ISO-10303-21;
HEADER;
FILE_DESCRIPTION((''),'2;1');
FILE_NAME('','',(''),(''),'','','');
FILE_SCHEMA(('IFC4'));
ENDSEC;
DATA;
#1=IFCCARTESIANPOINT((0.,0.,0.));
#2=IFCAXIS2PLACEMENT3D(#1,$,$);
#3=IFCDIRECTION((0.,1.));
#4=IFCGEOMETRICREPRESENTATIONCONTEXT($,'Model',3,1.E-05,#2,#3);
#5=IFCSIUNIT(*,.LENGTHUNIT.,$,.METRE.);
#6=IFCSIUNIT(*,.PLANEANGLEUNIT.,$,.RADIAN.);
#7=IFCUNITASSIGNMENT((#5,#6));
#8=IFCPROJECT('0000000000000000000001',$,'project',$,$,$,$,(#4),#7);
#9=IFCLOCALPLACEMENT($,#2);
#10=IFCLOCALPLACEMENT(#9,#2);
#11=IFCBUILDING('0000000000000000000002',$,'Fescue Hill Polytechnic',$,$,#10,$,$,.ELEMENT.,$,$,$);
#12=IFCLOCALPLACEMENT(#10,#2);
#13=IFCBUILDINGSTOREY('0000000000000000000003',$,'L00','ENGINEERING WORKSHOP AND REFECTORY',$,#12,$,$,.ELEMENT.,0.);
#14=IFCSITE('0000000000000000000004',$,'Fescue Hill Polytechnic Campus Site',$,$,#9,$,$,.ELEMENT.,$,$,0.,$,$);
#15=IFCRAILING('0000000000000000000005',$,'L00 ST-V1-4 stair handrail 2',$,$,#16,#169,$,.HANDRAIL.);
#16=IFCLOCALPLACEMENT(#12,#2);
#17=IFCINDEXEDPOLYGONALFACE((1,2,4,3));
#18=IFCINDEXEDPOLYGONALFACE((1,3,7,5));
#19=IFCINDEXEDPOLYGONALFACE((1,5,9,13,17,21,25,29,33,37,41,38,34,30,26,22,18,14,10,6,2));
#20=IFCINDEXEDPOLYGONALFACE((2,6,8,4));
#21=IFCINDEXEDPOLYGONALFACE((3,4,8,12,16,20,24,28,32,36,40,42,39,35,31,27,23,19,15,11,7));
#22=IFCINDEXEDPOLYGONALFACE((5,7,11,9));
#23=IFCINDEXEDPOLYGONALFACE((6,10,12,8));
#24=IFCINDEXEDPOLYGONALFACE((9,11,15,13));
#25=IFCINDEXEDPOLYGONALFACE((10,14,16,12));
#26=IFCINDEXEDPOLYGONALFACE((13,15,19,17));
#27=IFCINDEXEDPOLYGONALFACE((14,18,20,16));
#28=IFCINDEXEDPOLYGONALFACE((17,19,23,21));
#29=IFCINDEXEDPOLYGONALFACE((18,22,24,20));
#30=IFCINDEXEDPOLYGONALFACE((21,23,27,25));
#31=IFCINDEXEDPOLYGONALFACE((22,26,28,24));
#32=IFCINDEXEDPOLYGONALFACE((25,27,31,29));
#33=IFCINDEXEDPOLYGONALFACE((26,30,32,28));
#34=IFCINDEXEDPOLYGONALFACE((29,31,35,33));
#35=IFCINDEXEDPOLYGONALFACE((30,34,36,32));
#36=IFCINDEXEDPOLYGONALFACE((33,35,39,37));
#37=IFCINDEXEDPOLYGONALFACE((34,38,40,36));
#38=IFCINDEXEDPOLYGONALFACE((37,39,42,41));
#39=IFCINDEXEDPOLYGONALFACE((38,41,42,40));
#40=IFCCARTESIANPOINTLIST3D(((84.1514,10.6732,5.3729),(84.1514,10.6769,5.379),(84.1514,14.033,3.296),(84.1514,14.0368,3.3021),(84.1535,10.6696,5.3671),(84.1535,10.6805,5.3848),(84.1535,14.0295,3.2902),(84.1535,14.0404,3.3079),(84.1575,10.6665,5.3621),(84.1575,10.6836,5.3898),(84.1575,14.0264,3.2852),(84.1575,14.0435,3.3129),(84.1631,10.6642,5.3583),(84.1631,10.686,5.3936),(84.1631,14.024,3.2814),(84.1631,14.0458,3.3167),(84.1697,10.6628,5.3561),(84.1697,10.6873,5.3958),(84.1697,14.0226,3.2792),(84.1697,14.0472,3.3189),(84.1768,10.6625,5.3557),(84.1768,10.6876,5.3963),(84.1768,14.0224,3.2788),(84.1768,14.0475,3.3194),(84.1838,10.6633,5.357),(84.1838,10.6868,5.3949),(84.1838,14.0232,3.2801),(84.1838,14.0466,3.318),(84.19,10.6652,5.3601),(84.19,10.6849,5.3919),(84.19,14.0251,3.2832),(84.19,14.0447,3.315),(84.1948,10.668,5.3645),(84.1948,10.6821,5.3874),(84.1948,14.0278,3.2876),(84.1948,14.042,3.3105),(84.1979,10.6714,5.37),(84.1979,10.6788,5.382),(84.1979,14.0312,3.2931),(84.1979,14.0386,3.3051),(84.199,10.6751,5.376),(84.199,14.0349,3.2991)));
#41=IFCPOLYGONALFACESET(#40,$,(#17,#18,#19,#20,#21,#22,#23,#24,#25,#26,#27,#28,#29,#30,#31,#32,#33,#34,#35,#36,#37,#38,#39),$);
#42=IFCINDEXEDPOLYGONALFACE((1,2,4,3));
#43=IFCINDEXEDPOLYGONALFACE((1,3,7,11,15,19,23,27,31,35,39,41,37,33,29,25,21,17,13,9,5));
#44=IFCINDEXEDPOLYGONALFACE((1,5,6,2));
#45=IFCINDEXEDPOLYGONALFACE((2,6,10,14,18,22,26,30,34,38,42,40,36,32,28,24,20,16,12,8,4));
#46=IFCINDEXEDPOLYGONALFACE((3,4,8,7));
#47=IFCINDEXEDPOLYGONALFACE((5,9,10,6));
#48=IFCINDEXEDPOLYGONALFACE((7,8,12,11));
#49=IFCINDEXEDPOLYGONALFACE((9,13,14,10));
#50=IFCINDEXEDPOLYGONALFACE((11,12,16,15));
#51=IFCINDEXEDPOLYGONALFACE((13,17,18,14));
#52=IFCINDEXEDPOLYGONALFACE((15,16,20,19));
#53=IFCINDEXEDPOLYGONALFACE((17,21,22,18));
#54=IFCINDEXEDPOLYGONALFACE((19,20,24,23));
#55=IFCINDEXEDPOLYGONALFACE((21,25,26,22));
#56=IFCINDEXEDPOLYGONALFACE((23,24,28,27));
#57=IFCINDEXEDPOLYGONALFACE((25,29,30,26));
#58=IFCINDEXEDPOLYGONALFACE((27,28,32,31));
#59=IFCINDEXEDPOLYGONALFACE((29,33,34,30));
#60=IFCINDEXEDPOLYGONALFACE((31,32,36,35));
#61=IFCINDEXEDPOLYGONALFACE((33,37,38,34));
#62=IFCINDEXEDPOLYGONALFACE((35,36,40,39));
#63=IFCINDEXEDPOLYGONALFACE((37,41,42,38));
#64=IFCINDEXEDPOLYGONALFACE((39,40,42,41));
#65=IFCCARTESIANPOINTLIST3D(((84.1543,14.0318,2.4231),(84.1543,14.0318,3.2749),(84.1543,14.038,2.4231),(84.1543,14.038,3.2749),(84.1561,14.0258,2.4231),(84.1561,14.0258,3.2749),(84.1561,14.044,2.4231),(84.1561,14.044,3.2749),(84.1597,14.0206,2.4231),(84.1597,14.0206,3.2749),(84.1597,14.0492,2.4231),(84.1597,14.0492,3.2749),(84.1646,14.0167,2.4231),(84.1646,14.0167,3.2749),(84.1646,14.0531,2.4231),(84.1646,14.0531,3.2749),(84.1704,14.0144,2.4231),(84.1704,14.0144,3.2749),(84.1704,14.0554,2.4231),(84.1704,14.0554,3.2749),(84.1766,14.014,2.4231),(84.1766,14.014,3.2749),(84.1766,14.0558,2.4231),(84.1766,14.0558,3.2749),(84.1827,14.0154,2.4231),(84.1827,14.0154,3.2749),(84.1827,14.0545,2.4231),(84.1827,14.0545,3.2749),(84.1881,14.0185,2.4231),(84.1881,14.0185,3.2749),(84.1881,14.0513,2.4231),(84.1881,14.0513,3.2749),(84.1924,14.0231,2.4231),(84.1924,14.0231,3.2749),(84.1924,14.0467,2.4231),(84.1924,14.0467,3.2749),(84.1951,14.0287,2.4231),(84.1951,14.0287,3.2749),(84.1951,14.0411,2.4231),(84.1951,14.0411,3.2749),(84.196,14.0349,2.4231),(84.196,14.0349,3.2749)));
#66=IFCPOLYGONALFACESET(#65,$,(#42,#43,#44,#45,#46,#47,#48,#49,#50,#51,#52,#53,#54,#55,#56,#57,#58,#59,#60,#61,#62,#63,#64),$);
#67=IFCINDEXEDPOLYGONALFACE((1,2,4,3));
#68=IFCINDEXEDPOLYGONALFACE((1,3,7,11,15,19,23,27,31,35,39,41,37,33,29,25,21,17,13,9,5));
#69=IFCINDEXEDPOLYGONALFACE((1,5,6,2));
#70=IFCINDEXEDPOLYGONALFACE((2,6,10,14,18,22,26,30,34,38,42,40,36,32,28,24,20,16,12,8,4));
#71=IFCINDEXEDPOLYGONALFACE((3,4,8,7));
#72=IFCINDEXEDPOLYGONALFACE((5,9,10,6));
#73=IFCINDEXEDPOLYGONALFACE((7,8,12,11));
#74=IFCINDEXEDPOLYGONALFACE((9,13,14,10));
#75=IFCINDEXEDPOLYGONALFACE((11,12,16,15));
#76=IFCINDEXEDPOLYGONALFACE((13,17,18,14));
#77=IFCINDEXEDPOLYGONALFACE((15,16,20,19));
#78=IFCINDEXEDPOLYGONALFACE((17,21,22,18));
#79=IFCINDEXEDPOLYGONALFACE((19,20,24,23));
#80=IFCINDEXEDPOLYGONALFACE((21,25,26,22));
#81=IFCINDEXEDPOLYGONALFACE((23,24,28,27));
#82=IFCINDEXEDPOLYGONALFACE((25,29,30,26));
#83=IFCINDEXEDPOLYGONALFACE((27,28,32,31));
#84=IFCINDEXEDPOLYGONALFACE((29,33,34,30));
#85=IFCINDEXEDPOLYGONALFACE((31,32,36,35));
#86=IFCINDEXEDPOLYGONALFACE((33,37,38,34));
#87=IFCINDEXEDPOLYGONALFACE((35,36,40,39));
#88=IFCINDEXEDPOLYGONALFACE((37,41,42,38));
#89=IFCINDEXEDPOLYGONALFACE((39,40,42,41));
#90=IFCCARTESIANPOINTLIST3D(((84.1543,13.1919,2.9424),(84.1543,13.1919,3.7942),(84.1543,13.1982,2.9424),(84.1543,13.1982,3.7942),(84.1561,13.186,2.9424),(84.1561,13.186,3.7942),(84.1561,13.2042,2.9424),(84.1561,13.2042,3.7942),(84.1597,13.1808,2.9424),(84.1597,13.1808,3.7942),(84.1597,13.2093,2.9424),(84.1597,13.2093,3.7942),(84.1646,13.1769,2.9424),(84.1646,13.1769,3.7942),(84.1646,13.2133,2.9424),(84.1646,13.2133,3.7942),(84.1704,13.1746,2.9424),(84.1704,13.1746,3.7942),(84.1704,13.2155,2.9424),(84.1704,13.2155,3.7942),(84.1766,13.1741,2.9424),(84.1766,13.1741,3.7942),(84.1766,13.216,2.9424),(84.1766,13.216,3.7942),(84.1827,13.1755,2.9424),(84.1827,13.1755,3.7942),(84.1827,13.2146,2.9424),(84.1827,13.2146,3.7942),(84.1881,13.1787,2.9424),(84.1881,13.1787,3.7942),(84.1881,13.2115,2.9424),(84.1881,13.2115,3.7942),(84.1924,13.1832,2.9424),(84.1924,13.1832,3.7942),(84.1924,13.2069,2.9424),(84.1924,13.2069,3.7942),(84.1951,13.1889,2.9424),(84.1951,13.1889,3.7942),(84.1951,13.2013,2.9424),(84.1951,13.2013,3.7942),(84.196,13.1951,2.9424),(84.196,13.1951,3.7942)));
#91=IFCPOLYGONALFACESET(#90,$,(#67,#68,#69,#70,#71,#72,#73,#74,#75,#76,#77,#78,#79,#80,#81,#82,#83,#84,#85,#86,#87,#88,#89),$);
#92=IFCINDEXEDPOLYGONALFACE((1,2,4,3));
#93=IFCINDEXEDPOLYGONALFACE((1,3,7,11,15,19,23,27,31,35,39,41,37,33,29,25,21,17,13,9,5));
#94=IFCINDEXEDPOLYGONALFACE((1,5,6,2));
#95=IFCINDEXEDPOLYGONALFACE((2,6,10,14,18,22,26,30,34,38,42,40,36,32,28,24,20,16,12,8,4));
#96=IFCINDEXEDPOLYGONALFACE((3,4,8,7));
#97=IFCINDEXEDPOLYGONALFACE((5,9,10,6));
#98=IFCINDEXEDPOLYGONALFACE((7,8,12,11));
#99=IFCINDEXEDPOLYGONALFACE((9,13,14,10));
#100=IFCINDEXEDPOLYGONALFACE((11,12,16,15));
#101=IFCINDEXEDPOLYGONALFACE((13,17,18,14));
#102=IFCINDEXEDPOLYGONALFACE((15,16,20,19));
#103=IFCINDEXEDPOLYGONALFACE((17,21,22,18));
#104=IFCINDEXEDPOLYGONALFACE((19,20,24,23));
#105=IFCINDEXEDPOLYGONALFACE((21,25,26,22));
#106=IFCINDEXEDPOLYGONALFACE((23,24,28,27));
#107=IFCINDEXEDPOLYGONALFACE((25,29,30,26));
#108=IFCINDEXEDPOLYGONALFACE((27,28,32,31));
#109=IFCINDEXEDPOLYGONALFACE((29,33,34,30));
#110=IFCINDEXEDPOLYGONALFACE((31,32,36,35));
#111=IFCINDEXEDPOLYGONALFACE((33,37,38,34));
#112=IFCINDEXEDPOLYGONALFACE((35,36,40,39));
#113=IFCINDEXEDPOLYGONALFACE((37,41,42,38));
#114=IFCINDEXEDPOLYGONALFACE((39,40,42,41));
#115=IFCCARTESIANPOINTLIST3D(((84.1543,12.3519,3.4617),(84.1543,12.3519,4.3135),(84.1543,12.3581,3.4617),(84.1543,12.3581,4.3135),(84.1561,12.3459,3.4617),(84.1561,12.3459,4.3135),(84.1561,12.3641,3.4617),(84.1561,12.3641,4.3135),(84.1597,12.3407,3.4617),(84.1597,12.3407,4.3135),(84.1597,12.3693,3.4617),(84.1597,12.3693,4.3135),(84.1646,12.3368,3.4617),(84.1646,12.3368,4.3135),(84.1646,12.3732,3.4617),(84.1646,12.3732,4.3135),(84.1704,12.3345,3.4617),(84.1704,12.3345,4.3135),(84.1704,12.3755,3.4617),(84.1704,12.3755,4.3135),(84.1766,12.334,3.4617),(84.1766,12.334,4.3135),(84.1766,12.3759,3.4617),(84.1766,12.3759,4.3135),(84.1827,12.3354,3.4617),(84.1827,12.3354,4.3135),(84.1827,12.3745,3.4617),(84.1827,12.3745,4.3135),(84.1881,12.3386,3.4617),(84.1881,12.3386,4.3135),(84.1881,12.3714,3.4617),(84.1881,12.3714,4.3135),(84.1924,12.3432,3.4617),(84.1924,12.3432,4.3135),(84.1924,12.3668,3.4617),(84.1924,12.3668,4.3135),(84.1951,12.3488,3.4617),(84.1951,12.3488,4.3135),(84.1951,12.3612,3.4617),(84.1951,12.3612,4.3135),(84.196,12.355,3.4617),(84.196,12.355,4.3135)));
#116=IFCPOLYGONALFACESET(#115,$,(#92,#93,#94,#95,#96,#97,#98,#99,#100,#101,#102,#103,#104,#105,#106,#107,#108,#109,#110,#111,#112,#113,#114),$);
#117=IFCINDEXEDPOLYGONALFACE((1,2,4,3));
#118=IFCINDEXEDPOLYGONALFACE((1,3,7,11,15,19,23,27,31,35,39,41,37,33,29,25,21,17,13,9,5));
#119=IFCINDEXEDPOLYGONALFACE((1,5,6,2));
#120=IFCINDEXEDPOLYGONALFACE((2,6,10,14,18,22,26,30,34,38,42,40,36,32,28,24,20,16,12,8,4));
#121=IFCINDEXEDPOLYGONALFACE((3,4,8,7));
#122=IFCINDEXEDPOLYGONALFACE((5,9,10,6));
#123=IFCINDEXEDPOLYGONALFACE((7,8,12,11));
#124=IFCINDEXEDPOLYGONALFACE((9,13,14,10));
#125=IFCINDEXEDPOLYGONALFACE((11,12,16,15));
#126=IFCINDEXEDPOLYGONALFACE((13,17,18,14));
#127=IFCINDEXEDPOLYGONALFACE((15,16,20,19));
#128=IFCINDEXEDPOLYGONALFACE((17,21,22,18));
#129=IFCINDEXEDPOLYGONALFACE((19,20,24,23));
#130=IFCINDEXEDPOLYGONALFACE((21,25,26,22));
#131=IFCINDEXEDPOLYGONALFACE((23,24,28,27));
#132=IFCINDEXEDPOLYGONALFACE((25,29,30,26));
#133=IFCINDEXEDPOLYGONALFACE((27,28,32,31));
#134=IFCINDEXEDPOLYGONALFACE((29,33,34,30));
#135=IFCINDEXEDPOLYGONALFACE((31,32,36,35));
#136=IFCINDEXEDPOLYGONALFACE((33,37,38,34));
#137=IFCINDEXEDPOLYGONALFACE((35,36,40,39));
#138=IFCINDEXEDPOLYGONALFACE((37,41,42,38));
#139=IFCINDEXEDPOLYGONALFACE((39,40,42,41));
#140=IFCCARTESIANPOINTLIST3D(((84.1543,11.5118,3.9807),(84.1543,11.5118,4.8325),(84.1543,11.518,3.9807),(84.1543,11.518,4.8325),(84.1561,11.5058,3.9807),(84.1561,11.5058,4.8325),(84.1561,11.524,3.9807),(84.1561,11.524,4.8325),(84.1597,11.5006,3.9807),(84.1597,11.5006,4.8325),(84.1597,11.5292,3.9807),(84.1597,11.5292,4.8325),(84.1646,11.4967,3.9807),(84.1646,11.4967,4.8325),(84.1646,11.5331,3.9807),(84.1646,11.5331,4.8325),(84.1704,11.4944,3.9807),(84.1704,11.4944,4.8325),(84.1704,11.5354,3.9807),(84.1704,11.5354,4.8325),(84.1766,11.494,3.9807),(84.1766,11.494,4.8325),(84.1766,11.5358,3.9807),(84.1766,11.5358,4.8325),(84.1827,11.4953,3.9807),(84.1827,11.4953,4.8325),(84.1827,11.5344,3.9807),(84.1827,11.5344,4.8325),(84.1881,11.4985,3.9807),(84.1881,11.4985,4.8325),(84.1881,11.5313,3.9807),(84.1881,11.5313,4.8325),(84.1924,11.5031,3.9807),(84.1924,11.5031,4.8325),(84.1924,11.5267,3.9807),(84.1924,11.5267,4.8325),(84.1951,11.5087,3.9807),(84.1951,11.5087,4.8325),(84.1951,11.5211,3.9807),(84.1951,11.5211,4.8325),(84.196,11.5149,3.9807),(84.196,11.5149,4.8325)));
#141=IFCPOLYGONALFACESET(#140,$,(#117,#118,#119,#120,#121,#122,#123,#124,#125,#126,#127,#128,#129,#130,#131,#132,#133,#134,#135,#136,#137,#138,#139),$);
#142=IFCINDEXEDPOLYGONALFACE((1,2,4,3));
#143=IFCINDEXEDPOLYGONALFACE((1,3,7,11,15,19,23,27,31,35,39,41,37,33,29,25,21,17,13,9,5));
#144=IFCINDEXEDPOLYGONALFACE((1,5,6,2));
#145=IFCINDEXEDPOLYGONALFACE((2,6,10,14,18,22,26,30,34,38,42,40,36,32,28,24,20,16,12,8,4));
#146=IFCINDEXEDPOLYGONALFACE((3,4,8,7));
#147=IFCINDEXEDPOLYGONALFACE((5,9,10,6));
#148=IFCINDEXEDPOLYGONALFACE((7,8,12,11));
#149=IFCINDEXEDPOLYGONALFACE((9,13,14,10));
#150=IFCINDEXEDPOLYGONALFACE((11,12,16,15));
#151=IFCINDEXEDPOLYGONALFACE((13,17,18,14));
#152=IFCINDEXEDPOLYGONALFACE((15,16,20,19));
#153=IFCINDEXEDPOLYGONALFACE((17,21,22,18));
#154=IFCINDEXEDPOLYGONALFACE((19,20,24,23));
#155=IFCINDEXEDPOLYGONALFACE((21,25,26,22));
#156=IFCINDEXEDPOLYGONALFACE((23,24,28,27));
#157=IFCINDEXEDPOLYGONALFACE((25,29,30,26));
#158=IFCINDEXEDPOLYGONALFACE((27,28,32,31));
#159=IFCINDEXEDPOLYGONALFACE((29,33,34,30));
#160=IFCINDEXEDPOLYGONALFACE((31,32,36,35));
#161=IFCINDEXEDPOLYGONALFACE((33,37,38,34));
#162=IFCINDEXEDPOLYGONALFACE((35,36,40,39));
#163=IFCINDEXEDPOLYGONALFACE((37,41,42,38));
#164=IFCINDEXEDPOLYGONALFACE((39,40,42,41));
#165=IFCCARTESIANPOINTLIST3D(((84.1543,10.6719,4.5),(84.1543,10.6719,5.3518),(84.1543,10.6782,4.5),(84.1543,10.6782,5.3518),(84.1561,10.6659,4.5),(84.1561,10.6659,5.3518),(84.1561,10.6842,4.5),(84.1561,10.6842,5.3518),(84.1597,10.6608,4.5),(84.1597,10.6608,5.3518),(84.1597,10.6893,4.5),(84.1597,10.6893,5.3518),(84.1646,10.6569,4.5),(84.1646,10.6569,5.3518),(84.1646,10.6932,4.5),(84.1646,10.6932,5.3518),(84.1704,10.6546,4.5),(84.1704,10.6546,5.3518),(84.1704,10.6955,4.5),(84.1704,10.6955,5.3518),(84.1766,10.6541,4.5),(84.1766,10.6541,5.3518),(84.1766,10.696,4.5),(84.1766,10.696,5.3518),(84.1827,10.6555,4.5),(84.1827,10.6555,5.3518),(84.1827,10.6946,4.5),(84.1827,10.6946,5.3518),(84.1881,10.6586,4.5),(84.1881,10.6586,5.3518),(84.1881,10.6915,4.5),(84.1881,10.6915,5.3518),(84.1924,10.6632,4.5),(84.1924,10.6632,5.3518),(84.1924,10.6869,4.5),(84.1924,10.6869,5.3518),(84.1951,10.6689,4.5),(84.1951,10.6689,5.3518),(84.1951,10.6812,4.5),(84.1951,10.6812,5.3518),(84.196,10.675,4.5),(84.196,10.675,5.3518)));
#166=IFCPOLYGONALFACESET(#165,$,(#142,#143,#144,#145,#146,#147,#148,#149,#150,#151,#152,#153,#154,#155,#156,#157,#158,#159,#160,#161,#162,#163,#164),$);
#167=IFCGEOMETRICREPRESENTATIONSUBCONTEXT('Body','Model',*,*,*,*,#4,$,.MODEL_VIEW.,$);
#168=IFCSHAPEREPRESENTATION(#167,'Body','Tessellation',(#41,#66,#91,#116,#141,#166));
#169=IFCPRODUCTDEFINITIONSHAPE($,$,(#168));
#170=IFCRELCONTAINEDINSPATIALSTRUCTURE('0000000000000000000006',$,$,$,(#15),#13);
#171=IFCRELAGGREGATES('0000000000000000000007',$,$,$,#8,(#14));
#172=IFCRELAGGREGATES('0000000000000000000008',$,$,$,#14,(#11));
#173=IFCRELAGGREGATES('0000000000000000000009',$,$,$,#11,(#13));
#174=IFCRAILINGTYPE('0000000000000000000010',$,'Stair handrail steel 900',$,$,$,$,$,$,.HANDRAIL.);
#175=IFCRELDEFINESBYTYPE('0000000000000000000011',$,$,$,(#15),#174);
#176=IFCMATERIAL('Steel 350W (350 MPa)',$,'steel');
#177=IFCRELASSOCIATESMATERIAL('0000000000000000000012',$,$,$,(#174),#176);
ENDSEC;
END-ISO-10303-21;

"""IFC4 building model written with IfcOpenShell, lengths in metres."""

from ifc_helpers import new_model, si_unit, direction, frame, origin, origin_2d, place, context, subcontext, project, spatial, circle, extrude, material, type_object, element, save


model = new_model("IFC4")

# Units and contexts
model_context = context("Model", 3, precision=1e-05, world=origin(), true_north=direction((0.0, 1.0)))
body_context = subcontext(model_context, "Body", "Model", "MODEL_VIEW")
ifc_project = project(units=[si_unit("LENGTHUNIT", "METRE"), si_unit("PLANEANGLEUNIT", "RADIAN")], contexts=[model_context])

# Site, building, storey
site_placement = place(None, origin())
site = spatial("IfcSite", under=ifc_project, at=site_placement, Name="Fescue Hill Polytechnic Campus Site", CompositionType="ELEMENT", RefElevation=0.0)
building_placement = place(site_placement, origin())
building = spatial("IfcBuilding", under=site, at=building_placement, Name="Fescue Hill Polytechnic", CompositionType="ELEMENT")
storey_placement = place(building_placement, origin())
storey = spatial("IfcBuildingStorey", under=building, at=storey_placement, Name="L00", Description="ENGINEERING WORKSHOP AND REFECTORY", CompositionType="ELEMENT", Elevation=0.0)

# Railing
ifc_material_1 = material(Name="Steel 350W (350 MPa)", Category="steel")
railing_type_1 = type_object("IfcRailingType", Name="Stair handrail steel 900", PredefinedType="HANDRAIL", material=ifc_material_1)
railing_1_placement = place(storey_placement, frame((84.175, 14.0349, 2.4231)))
element("IfcRailing", 1, at=railing_1_placement, inside=storey, type_object=railing_type_1, Name="L00 ST-V1-4 stair handrail 2", PredefinedType="HANDRAIL", context=body_context, shape_type="SweptSolid", body=[
    extrude(circle(Radius=0.0239, at=origin_2d()), frame((0.0, 0.0, 0.876), z_axis=(0.0, -0.850606, 0.525803), x_axis=(1.0, 0.0, 0.0)), (0.0, 0.0, 1.0), 3.95),
    extrude(circle(Radius=0.021, at=origin_2d()), origin(), (0.0, 0.0, 1.0), 0.8518),
    extrude(circle(Radius=0.021, at=origin_2d()), frame((0.0, -0.8398, 0.5193)), (0.0, 0.0, 1.0), 0.8518),
    extrude(circle(Radius=0.021, at=origin_2d()), frame((0.0, -1.6799, 1.0386)), (0.0, 0.0, 1.0), 0.8518),
    extrude(circle(Radius=0.021, at=origin_2d()), frame((0.0, -2.52, 1.5576)), (0.0, 0.0, 1.0), 0.8518),
    extrude(circle(Radius=0.021, at=origin_2d()), frame((0.0, -3.3599, 2.0769)), (0.0, 0.0, 1.0), 0.8518),
])

save(model, "model.ifc")
